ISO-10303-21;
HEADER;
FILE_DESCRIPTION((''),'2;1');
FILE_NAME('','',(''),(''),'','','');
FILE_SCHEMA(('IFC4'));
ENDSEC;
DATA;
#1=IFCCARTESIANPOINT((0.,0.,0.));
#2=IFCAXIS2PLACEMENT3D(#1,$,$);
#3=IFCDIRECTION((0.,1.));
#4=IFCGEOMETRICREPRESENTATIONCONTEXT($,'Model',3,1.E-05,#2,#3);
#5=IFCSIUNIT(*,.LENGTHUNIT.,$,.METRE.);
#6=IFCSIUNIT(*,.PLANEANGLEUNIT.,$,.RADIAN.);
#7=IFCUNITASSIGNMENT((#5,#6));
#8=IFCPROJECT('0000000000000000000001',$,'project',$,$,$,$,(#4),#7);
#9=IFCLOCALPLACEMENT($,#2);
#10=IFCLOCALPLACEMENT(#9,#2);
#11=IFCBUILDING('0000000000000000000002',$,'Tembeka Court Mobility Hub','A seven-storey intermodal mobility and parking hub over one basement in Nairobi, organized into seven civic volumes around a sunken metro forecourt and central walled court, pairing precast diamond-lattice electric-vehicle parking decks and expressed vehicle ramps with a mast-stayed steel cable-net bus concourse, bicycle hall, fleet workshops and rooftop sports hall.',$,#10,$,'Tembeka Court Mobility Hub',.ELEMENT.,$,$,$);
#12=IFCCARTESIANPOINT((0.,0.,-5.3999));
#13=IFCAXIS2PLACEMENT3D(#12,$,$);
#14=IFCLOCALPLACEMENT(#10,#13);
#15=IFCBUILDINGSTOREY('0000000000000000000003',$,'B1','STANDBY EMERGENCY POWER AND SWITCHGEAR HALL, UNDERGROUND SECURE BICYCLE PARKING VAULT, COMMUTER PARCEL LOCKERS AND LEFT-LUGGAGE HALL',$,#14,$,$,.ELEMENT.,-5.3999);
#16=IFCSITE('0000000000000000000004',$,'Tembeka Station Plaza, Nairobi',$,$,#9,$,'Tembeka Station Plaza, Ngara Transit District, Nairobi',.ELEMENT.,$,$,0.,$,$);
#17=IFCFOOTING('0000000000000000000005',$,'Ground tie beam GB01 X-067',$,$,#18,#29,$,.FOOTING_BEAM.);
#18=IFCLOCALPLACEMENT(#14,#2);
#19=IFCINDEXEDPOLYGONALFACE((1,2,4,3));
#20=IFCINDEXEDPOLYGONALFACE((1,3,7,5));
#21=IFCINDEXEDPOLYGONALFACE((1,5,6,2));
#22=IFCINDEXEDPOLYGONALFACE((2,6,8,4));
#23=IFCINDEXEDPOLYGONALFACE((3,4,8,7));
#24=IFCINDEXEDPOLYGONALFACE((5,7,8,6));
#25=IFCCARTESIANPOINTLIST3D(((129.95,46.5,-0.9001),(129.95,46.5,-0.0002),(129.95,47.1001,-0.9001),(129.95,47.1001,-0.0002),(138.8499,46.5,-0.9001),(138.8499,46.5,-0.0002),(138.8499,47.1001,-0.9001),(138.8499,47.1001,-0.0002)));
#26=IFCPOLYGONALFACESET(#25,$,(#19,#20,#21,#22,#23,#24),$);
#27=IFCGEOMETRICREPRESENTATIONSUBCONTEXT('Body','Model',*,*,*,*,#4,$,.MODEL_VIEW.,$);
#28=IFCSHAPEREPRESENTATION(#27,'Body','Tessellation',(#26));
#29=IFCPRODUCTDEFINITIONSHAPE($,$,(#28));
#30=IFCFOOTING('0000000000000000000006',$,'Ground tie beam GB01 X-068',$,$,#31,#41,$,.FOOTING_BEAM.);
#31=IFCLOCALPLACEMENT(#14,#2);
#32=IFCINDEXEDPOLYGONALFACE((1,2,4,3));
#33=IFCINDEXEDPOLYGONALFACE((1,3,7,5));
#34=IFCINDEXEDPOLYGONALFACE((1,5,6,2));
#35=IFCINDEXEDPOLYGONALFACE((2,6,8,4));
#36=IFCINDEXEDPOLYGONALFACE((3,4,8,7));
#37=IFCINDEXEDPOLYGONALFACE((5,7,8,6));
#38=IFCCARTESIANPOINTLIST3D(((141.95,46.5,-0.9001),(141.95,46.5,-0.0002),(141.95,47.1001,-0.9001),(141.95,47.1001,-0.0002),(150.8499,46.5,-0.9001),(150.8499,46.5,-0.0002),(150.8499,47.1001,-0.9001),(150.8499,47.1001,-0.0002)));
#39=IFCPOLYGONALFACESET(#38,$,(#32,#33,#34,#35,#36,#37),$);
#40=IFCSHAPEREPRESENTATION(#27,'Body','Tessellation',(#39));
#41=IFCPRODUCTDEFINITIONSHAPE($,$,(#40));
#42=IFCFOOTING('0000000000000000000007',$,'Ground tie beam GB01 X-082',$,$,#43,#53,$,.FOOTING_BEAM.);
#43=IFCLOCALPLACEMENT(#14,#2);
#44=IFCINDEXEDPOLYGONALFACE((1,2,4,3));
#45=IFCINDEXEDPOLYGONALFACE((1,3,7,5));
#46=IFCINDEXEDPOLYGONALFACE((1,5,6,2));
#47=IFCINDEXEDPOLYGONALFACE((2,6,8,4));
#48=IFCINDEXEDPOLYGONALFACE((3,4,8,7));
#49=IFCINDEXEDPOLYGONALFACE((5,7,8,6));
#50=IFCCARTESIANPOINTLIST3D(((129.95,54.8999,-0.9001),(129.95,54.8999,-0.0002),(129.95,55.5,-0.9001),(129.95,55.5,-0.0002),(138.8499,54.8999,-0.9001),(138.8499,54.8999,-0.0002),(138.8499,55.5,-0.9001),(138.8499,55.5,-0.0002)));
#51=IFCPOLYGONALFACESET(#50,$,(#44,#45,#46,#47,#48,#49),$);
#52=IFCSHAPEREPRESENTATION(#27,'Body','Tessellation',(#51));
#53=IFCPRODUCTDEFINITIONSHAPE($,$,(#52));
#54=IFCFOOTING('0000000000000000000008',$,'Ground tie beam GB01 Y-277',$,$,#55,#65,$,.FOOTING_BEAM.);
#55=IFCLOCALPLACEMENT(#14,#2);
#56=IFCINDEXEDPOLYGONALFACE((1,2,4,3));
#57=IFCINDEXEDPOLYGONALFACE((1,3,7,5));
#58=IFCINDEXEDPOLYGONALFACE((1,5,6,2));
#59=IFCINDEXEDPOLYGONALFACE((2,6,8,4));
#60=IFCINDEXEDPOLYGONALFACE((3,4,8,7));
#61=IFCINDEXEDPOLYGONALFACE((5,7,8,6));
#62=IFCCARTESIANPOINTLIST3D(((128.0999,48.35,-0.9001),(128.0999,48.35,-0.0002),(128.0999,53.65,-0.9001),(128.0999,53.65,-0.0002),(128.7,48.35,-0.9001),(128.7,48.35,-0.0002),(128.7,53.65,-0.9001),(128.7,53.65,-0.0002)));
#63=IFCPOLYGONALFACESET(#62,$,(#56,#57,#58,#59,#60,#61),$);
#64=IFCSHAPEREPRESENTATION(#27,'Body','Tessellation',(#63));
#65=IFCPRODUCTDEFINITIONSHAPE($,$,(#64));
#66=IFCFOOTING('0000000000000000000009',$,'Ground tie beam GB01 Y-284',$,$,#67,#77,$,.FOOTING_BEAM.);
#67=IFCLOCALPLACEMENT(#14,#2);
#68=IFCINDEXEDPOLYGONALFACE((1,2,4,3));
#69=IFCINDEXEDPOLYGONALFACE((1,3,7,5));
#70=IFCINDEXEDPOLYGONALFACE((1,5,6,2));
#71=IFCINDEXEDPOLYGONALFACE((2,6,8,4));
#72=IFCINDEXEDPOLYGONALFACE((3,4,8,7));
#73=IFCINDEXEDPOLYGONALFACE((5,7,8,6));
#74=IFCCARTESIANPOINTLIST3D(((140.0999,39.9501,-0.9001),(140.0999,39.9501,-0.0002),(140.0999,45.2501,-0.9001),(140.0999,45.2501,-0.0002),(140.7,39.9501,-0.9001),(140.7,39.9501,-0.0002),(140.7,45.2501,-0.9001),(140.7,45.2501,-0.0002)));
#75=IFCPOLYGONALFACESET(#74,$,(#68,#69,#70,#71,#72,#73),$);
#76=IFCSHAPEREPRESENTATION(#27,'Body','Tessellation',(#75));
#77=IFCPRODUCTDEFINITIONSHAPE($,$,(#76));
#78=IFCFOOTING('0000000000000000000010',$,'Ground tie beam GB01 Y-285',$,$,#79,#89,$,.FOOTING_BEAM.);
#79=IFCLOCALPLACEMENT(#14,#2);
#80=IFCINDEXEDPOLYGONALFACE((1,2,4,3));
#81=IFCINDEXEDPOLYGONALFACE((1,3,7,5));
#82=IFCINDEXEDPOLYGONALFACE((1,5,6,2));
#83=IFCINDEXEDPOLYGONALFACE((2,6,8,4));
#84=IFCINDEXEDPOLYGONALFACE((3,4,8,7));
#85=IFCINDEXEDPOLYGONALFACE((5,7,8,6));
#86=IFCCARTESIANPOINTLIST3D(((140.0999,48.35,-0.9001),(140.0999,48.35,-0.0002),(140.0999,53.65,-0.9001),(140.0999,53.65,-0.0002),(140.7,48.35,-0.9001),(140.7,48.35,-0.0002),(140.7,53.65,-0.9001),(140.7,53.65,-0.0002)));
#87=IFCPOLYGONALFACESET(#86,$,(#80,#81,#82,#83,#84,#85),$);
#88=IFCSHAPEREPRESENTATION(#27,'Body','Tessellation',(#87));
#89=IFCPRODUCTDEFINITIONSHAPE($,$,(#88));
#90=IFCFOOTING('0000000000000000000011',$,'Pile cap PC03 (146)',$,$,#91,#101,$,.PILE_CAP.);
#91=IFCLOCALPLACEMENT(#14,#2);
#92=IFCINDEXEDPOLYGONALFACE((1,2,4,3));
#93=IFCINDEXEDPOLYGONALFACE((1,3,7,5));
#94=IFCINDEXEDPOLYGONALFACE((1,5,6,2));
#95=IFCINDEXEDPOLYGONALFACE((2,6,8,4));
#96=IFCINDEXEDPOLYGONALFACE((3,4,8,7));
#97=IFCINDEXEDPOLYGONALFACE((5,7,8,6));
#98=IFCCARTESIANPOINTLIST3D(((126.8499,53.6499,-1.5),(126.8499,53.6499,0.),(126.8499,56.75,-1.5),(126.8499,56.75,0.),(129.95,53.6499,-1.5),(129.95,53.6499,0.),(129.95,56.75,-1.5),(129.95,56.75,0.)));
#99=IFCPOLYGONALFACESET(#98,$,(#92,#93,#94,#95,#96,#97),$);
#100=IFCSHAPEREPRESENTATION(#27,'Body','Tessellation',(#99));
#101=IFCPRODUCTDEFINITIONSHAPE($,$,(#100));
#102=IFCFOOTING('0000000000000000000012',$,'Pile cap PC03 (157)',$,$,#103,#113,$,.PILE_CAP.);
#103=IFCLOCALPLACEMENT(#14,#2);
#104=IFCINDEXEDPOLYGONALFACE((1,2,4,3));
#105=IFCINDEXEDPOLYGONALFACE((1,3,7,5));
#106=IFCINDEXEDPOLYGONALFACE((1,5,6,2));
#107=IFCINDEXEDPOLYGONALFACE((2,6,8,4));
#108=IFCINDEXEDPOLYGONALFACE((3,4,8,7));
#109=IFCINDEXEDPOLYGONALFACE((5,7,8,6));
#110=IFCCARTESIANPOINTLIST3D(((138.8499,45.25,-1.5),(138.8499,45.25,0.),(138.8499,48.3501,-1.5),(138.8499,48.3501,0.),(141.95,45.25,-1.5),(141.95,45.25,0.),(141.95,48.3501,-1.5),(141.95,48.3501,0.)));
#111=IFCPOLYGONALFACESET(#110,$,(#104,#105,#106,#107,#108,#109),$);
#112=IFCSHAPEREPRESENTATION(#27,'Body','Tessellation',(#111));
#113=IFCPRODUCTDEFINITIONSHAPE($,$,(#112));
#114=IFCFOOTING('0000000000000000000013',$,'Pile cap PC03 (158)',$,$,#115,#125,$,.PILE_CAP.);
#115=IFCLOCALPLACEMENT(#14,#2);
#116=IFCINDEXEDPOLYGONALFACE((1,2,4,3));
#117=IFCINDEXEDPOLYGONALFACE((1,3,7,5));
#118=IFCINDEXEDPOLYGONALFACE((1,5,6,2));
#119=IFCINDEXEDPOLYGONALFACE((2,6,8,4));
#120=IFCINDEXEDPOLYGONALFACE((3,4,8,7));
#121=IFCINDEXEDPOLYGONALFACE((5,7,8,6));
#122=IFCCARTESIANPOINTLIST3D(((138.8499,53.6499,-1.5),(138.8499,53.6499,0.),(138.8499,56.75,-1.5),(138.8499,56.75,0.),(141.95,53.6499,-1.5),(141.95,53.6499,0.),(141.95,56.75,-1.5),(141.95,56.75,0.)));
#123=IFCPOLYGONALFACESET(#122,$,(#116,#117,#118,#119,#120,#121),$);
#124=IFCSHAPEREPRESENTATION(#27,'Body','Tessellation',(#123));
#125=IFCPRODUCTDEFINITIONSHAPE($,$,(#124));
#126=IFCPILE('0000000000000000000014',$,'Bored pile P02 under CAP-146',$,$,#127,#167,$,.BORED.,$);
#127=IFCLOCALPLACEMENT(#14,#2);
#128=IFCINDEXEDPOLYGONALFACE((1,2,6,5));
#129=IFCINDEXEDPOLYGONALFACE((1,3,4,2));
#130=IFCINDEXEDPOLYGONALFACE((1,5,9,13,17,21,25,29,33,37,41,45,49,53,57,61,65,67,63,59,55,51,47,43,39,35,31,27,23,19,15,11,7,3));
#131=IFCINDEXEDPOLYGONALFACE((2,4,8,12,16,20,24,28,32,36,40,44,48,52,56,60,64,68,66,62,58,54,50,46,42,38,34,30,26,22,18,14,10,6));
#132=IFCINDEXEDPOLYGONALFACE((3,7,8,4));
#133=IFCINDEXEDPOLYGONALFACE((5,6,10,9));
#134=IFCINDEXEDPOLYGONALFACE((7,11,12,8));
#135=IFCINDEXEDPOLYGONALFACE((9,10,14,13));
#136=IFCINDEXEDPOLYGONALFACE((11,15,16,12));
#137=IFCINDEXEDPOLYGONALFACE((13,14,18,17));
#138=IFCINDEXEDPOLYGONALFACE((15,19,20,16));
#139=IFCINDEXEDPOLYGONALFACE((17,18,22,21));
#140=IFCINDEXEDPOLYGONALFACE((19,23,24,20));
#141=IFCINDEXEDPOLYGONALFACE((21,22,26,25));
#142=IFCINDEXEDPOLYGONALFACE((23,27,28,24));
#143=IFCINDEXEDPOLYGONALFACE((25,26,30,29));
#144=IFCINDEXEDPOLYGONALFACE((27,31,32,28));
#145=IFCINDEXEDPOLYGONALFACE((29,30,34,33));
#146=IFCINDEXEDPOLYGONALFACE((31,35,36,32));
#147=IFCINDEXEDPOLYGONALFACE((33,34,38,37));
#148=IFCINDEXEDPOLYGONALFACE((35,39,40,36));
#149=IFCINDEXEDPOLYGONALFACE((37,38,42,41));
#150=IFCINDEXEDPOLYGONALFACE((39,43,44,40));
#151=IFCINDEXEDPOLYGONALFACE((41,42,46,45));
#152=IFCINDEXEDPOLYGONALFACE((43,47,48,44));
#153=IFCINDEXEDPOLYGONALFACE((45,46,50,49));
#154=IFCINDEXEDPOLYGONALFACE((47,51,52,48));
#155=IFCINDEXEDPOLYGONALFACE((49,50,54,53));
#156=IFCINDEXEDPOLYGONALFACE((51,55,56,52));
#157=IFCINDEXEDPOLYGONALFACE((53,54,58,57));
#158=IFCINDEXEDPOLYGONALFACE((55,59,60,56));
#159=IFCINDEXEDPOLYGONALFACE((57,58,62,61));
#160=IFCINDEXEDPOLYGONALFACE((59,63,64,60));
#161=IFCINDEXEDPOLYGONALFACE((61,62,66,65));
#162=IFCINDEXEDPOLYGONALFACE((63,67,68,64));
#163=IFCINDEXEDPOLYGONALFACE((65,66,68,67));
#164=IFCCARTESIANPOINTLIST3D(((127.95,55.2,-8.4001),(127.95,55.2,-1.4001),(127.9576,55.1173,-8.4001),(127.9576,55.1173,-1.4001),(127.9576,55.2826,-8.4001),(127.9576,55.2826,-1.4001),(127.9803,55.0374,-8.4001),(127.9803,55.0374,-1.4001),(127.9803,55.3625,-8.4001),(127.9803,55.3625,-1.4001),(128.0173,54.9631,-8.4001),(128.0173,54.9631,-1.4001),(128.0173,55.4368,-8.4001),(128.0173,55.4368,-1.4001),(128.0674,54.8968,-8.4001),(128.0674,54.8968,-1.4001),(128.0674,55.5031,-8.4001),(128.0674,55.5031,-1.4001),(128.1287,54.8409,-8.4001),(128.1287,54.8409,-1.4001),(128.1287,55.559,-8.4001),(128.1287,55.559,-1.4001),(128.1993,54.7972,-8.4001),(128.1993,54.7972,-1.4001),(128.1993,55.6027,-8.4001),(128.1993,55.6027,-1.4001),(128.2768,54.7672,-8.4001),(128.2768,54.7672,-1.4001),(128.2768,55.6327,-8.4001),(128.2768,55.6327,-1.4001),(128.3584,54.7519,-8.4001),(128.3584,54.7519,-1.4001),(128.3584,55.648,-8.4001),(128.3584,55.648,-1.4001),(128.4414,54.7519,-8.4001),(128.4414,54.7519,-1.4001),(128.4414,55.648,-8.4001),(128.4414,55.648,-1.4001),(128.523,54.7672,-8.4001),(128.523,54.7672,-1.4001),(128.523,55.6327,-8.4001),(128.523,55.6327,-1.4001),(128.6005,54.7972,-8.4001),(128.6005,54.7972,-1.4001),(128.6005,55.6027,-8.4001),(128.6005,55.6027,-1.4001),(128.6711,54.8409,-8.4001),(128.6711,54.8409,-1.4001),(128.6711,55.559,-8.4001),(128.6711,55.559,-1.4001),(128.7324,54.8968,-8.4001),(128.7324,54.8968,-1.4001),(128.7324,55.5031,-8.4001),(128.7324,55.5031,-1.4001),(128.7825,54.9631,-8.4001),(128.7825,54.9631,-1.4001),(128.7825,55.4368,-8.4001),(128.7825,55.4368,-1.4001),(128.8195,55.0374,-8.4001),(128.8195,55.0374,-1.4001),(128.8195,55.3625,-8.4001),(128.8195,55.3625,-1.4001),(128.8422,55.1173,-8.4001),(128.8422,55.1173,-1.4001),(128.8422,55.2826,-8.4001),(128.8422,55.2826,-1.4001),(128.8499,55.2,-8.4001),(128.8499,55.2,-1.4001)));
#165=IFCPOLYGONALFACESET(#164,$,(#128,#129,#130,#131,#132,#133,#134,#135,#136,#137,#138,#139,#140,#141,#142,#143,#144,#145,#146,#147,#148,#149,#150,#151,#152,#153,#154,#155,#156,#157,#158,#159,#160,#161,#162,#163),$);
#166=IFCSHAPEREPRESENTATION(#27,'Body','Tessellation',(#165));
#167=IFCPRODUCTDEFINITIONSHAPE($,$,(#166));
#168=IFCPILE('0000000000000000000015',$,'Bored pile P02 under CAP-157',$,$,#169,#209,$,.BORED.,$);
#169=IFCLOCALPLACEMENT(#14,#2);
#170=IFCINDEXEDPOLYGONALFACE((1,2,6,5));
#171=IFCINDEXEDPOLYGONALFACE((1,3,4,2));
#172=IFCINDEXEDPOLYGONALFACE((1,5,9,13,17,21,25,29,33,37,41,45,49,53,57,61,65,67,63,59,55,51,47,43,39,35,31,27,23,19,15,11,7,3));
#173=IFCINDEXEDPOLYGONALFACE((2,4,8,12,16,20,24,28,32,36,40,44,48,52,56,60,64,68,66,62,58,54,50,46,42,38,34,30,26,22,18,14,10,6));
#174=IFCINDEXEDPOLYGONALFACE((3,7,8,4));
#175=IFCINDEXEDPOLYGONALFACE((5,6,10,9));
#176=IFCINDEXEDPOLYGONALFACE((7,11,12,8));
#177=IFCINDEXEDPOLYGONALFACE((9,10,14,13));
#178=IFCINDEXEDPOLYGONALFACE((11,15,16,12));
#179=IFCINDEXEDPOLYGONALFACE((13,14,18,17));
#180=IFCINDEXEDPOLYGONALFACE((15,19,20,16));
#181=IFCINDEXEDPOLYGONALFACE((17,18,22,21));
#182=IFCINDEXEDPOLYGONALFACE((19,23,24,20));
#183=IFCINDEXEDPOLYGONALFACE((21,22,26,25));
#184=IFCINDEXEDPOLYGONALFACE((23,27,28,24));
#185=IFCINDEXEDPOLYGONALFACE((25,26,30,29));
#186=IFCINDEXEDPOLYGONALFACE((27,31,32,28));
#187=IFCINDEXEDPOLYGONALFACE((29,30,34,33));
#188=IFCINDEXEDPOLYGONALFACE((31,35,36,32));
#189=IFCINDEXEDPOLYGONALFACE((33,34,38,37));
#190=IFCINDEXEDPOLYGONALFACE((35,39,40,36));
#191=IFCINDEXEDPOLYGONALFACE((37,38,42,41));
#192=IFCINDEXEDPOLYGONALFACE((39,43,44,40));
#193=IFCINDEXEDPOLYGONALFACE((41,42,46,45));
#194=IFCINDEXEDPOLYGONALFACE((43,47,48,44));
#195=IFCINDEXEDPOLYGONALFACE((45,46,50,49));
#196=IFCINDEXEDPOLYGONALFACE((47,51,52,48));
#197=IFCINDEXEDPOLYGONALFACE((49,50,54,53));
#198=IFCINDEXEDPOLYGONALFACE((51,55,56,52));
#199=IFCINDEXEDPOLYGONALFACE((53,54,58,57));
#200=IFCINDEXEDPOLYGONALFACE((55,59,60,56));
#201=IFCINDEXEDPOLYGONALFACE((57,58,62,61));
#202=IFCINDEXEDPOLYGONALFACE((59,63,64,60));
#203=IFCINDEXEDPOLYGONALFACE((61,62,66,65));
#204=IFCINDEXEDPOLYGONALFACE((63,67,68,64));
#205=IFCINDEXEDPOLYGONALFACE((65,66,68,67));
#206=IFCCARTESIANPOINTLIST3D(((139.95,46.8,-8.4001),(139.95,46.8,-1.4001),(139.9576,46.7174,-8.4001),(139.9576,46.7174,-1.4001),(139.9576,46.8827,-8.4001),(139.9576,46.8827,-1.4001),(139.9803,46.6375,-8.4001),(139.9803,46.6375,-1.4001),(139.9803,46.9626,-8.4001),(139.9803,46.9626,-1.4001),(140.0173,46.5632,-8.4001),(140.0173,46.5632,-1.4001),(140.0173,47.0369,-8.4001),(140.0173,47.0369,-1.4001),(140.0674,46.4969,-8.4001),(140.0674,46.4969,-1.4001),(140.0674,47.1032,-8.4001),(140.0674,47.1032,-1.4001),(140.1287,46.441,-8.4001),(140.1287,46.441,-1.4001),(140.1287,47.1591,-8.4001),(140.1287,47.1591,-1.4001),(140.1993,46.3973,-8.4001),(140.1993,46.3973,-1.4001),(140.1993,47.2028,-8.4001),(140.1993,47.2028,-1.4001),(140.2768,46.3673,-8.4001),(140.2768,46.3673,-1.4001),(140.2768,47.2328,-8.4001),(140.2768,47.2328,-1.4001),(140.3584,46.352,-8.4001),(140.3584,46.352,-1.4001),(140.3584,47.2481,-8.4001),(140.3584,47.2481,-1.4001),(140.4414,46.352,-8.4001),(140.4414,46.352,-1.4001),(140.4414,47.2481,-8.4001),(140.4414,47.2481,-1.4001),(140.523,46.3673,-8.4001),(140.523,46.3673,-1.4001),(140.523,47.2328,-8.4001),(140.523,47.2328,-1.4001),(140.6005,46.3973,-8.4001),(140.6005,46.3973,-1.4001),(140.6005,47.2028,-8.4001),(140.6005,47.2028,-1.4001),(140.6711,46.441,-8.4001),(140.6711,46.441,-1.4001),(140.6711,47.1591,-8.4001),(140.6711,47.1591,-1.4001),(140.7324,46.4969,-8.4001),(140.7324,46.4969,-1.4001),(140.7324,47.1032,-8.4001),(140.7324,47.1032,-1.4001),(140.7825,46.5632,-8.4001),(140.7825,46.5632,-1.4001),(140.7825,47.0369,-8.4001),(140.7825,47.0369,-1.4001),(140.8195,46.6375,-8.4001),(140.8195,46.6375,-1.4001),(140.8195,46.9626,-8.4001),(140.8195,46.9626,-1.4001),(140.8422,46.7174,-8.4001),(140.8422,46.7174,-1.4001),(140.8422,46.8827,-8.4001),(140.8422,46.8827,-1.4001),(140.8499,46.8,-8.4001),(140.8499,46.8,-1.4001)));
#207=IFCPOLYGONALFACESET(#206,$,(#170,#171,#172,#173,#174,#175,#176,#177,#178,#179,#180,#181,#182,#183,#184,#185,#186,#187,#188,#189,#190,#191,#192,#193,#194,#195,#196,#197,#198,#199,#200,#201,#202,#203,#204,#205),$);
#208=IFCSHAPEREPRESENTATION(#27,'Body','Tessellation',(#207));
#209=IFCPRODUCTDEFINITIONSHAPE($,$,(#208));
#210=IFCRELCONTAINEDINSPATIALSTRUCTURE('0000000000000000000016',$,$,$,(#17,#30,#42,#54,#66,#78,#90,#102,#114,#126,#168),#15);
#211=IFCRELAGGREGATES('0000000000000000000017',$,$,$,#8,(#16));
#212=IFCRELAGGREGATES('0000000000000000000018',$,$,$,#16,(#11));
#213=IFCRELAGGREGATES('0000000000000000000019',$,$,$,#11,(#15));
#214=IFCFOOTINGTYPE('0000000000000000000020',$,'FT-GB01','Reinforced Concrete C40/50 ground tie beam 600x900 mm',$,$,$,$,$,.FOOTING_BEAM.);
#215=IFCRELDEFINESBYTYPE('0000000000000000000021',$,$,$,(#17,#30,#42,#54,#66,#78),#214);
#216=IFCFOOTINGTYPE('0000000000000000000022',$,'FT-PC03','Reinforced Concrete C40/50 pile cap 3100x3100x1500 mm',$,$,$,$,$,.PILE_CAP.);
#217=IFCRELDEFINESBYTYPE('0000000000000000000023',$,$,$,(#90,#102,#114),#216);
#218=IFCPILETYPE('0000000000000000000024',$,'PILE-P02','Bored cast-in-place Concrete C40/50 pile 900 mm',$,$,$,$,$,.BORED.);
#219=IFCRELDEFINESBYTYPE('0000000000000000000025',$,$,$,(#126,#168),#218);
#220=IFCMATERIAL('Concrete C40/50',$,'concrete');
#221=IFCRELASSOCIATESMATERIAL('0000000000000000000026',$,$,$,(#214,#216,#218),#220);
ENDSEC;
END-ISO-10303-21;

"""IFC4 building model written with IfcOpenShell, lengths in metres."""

from ifc_helpers import new_model, si_unit, direction, frame, origin, origin_2d, place, context, subcontext, project, spatial, rectangle, circle, extrude, material, material_profile, profile_set, type_object, element, save


model = new_model("IFC4")

# Units and contexts
model_context = context("Model", 3, precision=1e-05, world=origin(), true_north=direction((0.0, 1.0)))
body_context = subcontext(model_context, "Body", "Model", "MODEL_VIEW")
ifc_project = project(units=[si_unit("LENGTHUNIT", "METRE"), si_unit("PLANEANGLEUNIT", "RADIAN")], contexts=[model_context])

# Site, building, storey
site_placement = place(None, origin())
site = spatial("IfcSite", under=ifc_project, at=site_placement, Name="Tembeka Station Plaza, Nairobi", LongName="Tembeka Station Plaza, Ngara Transit District, Nairobi", CompositionType="ELEMENT", RefElevation=0.0)
building_placement = place(site_placement, origin())
building = spatial("IfcBuilding", under=site, at=building_placement, Name="Tembeka Court Mobility Hub", Description="A seven-storey intermodal mobility and parking hub over one basement in Nairobi, organized into seven civic volumes around a sunken metro forecourt and central walled court, pairing precast diamond-lattice electric-vehicle parking decks and expressed vehicle ramps with a mast-stayed steel cable-net bus concourse, bicycle hall, fleet workshops and rooftop sports hall.", LongName="Tembeka Court Mobility Hub", CompositionType="ELEMENT")
storey_placement = place(building_placement, frame((0.0, 0.0, -5.3999)))
storey = spatial("IfcBuildingStorey", under=building, at=storey_placement, Name="B1", Description="STANDBY EMERGENCY POWER AND SWITCHGEAR HALL, UNDERGROUND SECURE BICYCLE PARKING VAULT, COMMUTER PARCEL LOCKERS AND LEFT-LUGGAGE HALL", CompositionType="ELEMENT", Elevation=-5.3999)

# Footings
ifc_material_1 = material(Name="Concrete C40/50", Category="concrete")
footing_type_1 = type_object("IfcFootingType", Name="FT-GB01", Description="Reinforced Concrete C40/50 ground tie beam 600x900 mm", PredefinedType="FOOTING_BEAM", material=ifc_material_1)
for number, where, z_axis, x_axis, name in (
    (1, (134.3999, 46.8, -0.9001), (0.0, 0.0, 1.0), (1.0, 0.0, 0.0), "Ground tie beam GB01 X-067"),
    (2, (146.3999, 46.8, -0.9001), (0.0, 0.0, 1.0), (1.0, 0.0, 0.0), "Ground tie beam GB01 X-068"),
    (3, (134.3999, 55.2, -0.9001), (0.0, 0.0, 1.0), (1.0, 0.0, 0.0), "Ground tie beam GB01 X-082"),
):
    element("IfcFooting", number, at=place(storey_placement, frame(where, z_axis=z_axis, x_axis=x_axis)), inside=storey, type_object=footing_type_1, Name=name, PredefinedType="FOOTING_BEAM", context=body_context, shape_type="SweptSolid", body=[
        extrude(rectangle(XDim=8.8999, YDim=0.6001, at=origin_2d()), origin(), (0.0, 0.0, 1.0), 0.8999),
    ])
for number, where, z_axis, x_axis, name in (
    (4, (128.3999, 51.0, -0.9001), (0.0, 0.0, 1.0), (0.0, 1.0, 0.0), "Ground tie beam GB01 Y-277"),
    (5, (140.3999, 42.6001, -0.9001), (0.0, 0.0, 1.0), (0.0, 1.0, 0.0), "Ground tie beam GB01 Y-284"),
    (6, (140.3999, 51.0, -0.9001), (0.0, 0.0, 1.0), (0.0, 1.0, 0.0), "Ground tie beam GB01 Y-285"),
):
    element("IfcFooting", number, at=place(storey_placement, frame(where, z_axis=z_axis, x_axis=x_axis)), inside=storey, type_object=footing_type_1, Name=name, PredefinedType="FOOTING_BEAM", context=body_context, shape_type="SweptSolid", body=[
        extrude(rectangle(XDim=5.3, YDim=0.6001, at=origin_2d()), origin(), (0.0, 0.0, 1.0), 0.8999),
    ])
footing_type_2 = type_object("IfcFootingType", Name="FT-PC03", Description="Reinforced Concrete C40/50 pile cap 3100x3100x1500 mm", PredefinedType="PILE_CAP", material=ifc_material_1)
for number, where, z_axis, x_axis, name in (
    (7, (128.3999, 55.2, -1.5), (0.0, 0.0, 1.0), (1.0, 0.0, 0.0), "Pile cap PC03 (146)"),
    (8, (140.3999, 46.8, -1.5), (0.0, 0.0, 1.0), (1.0, 0.0, 0.0), "Pile cap PC03 (157)"),
    (9, (140.3999, 55.2, -1.5), (0.0, 0.0, 1.0), (1.0, 0.0, 0.0), "Pile cap PC03 (158)"),
):
    element("IfcFooting", number, at=place(storey_placement, frame(where, z_axis=z_axis, x_axis=x_axis)), inside=storey, type_object=footing_type_2, Name=name, PredefinedType="PILE_CAP", context=body_context, shape_type="SweptSolid", body=[
        extrude(rectangle(XDim=3.1001, YDim=3.1001, at=origin_2d()), origin(), (0.0, 0.0, 1.0), 1.5),
    ])

# Piles
ifc_material_profile_1 = material_profile(ifc_material_1, circle(Radius=0.45, at=origin_2d()), Name="PILE D900")
ifc_profile_set_1 = profile_set([ifc_material_profile_1], Name="Concrete C40/50")
pile_type_1 = type_object("IfcPileType", Name="PILE-P02", Description="Bored cast-in-place Concrete C40/50 pile 900 mm", PredefinedType="BORED", material=ifc_profile_set_1)
for number, where, z_axis, x_axis, name in (
    (10, (128.3999, 55.2, -1.4001), (0.0, 0.0, -1.0), (1.0, 0.0, 0.0), "Bored pile P02 under CAP-146"),
    (11, (140.3999, 46.8, -1.4001), (0.0, 0.0, -1.0), (1.0, 0.0, 0.0), "Bored pile P02 under CAP-157"),
):
    element("IfcPile", number, at=place(storey_placement, frame(where, z_axis=z_axis, x_axis=x_axis)), inside=storey, type_object=pile_type_1, Name=name, PredefinedType="BORED", context=body_context, shape_type="SweptSolid", body=[
        extrude(circle(Radius=0.45, at=origin_2d()), origin(), (0.0, 0.0, 1.0), 7.0),
    ])

save(model, "model.ifc")
